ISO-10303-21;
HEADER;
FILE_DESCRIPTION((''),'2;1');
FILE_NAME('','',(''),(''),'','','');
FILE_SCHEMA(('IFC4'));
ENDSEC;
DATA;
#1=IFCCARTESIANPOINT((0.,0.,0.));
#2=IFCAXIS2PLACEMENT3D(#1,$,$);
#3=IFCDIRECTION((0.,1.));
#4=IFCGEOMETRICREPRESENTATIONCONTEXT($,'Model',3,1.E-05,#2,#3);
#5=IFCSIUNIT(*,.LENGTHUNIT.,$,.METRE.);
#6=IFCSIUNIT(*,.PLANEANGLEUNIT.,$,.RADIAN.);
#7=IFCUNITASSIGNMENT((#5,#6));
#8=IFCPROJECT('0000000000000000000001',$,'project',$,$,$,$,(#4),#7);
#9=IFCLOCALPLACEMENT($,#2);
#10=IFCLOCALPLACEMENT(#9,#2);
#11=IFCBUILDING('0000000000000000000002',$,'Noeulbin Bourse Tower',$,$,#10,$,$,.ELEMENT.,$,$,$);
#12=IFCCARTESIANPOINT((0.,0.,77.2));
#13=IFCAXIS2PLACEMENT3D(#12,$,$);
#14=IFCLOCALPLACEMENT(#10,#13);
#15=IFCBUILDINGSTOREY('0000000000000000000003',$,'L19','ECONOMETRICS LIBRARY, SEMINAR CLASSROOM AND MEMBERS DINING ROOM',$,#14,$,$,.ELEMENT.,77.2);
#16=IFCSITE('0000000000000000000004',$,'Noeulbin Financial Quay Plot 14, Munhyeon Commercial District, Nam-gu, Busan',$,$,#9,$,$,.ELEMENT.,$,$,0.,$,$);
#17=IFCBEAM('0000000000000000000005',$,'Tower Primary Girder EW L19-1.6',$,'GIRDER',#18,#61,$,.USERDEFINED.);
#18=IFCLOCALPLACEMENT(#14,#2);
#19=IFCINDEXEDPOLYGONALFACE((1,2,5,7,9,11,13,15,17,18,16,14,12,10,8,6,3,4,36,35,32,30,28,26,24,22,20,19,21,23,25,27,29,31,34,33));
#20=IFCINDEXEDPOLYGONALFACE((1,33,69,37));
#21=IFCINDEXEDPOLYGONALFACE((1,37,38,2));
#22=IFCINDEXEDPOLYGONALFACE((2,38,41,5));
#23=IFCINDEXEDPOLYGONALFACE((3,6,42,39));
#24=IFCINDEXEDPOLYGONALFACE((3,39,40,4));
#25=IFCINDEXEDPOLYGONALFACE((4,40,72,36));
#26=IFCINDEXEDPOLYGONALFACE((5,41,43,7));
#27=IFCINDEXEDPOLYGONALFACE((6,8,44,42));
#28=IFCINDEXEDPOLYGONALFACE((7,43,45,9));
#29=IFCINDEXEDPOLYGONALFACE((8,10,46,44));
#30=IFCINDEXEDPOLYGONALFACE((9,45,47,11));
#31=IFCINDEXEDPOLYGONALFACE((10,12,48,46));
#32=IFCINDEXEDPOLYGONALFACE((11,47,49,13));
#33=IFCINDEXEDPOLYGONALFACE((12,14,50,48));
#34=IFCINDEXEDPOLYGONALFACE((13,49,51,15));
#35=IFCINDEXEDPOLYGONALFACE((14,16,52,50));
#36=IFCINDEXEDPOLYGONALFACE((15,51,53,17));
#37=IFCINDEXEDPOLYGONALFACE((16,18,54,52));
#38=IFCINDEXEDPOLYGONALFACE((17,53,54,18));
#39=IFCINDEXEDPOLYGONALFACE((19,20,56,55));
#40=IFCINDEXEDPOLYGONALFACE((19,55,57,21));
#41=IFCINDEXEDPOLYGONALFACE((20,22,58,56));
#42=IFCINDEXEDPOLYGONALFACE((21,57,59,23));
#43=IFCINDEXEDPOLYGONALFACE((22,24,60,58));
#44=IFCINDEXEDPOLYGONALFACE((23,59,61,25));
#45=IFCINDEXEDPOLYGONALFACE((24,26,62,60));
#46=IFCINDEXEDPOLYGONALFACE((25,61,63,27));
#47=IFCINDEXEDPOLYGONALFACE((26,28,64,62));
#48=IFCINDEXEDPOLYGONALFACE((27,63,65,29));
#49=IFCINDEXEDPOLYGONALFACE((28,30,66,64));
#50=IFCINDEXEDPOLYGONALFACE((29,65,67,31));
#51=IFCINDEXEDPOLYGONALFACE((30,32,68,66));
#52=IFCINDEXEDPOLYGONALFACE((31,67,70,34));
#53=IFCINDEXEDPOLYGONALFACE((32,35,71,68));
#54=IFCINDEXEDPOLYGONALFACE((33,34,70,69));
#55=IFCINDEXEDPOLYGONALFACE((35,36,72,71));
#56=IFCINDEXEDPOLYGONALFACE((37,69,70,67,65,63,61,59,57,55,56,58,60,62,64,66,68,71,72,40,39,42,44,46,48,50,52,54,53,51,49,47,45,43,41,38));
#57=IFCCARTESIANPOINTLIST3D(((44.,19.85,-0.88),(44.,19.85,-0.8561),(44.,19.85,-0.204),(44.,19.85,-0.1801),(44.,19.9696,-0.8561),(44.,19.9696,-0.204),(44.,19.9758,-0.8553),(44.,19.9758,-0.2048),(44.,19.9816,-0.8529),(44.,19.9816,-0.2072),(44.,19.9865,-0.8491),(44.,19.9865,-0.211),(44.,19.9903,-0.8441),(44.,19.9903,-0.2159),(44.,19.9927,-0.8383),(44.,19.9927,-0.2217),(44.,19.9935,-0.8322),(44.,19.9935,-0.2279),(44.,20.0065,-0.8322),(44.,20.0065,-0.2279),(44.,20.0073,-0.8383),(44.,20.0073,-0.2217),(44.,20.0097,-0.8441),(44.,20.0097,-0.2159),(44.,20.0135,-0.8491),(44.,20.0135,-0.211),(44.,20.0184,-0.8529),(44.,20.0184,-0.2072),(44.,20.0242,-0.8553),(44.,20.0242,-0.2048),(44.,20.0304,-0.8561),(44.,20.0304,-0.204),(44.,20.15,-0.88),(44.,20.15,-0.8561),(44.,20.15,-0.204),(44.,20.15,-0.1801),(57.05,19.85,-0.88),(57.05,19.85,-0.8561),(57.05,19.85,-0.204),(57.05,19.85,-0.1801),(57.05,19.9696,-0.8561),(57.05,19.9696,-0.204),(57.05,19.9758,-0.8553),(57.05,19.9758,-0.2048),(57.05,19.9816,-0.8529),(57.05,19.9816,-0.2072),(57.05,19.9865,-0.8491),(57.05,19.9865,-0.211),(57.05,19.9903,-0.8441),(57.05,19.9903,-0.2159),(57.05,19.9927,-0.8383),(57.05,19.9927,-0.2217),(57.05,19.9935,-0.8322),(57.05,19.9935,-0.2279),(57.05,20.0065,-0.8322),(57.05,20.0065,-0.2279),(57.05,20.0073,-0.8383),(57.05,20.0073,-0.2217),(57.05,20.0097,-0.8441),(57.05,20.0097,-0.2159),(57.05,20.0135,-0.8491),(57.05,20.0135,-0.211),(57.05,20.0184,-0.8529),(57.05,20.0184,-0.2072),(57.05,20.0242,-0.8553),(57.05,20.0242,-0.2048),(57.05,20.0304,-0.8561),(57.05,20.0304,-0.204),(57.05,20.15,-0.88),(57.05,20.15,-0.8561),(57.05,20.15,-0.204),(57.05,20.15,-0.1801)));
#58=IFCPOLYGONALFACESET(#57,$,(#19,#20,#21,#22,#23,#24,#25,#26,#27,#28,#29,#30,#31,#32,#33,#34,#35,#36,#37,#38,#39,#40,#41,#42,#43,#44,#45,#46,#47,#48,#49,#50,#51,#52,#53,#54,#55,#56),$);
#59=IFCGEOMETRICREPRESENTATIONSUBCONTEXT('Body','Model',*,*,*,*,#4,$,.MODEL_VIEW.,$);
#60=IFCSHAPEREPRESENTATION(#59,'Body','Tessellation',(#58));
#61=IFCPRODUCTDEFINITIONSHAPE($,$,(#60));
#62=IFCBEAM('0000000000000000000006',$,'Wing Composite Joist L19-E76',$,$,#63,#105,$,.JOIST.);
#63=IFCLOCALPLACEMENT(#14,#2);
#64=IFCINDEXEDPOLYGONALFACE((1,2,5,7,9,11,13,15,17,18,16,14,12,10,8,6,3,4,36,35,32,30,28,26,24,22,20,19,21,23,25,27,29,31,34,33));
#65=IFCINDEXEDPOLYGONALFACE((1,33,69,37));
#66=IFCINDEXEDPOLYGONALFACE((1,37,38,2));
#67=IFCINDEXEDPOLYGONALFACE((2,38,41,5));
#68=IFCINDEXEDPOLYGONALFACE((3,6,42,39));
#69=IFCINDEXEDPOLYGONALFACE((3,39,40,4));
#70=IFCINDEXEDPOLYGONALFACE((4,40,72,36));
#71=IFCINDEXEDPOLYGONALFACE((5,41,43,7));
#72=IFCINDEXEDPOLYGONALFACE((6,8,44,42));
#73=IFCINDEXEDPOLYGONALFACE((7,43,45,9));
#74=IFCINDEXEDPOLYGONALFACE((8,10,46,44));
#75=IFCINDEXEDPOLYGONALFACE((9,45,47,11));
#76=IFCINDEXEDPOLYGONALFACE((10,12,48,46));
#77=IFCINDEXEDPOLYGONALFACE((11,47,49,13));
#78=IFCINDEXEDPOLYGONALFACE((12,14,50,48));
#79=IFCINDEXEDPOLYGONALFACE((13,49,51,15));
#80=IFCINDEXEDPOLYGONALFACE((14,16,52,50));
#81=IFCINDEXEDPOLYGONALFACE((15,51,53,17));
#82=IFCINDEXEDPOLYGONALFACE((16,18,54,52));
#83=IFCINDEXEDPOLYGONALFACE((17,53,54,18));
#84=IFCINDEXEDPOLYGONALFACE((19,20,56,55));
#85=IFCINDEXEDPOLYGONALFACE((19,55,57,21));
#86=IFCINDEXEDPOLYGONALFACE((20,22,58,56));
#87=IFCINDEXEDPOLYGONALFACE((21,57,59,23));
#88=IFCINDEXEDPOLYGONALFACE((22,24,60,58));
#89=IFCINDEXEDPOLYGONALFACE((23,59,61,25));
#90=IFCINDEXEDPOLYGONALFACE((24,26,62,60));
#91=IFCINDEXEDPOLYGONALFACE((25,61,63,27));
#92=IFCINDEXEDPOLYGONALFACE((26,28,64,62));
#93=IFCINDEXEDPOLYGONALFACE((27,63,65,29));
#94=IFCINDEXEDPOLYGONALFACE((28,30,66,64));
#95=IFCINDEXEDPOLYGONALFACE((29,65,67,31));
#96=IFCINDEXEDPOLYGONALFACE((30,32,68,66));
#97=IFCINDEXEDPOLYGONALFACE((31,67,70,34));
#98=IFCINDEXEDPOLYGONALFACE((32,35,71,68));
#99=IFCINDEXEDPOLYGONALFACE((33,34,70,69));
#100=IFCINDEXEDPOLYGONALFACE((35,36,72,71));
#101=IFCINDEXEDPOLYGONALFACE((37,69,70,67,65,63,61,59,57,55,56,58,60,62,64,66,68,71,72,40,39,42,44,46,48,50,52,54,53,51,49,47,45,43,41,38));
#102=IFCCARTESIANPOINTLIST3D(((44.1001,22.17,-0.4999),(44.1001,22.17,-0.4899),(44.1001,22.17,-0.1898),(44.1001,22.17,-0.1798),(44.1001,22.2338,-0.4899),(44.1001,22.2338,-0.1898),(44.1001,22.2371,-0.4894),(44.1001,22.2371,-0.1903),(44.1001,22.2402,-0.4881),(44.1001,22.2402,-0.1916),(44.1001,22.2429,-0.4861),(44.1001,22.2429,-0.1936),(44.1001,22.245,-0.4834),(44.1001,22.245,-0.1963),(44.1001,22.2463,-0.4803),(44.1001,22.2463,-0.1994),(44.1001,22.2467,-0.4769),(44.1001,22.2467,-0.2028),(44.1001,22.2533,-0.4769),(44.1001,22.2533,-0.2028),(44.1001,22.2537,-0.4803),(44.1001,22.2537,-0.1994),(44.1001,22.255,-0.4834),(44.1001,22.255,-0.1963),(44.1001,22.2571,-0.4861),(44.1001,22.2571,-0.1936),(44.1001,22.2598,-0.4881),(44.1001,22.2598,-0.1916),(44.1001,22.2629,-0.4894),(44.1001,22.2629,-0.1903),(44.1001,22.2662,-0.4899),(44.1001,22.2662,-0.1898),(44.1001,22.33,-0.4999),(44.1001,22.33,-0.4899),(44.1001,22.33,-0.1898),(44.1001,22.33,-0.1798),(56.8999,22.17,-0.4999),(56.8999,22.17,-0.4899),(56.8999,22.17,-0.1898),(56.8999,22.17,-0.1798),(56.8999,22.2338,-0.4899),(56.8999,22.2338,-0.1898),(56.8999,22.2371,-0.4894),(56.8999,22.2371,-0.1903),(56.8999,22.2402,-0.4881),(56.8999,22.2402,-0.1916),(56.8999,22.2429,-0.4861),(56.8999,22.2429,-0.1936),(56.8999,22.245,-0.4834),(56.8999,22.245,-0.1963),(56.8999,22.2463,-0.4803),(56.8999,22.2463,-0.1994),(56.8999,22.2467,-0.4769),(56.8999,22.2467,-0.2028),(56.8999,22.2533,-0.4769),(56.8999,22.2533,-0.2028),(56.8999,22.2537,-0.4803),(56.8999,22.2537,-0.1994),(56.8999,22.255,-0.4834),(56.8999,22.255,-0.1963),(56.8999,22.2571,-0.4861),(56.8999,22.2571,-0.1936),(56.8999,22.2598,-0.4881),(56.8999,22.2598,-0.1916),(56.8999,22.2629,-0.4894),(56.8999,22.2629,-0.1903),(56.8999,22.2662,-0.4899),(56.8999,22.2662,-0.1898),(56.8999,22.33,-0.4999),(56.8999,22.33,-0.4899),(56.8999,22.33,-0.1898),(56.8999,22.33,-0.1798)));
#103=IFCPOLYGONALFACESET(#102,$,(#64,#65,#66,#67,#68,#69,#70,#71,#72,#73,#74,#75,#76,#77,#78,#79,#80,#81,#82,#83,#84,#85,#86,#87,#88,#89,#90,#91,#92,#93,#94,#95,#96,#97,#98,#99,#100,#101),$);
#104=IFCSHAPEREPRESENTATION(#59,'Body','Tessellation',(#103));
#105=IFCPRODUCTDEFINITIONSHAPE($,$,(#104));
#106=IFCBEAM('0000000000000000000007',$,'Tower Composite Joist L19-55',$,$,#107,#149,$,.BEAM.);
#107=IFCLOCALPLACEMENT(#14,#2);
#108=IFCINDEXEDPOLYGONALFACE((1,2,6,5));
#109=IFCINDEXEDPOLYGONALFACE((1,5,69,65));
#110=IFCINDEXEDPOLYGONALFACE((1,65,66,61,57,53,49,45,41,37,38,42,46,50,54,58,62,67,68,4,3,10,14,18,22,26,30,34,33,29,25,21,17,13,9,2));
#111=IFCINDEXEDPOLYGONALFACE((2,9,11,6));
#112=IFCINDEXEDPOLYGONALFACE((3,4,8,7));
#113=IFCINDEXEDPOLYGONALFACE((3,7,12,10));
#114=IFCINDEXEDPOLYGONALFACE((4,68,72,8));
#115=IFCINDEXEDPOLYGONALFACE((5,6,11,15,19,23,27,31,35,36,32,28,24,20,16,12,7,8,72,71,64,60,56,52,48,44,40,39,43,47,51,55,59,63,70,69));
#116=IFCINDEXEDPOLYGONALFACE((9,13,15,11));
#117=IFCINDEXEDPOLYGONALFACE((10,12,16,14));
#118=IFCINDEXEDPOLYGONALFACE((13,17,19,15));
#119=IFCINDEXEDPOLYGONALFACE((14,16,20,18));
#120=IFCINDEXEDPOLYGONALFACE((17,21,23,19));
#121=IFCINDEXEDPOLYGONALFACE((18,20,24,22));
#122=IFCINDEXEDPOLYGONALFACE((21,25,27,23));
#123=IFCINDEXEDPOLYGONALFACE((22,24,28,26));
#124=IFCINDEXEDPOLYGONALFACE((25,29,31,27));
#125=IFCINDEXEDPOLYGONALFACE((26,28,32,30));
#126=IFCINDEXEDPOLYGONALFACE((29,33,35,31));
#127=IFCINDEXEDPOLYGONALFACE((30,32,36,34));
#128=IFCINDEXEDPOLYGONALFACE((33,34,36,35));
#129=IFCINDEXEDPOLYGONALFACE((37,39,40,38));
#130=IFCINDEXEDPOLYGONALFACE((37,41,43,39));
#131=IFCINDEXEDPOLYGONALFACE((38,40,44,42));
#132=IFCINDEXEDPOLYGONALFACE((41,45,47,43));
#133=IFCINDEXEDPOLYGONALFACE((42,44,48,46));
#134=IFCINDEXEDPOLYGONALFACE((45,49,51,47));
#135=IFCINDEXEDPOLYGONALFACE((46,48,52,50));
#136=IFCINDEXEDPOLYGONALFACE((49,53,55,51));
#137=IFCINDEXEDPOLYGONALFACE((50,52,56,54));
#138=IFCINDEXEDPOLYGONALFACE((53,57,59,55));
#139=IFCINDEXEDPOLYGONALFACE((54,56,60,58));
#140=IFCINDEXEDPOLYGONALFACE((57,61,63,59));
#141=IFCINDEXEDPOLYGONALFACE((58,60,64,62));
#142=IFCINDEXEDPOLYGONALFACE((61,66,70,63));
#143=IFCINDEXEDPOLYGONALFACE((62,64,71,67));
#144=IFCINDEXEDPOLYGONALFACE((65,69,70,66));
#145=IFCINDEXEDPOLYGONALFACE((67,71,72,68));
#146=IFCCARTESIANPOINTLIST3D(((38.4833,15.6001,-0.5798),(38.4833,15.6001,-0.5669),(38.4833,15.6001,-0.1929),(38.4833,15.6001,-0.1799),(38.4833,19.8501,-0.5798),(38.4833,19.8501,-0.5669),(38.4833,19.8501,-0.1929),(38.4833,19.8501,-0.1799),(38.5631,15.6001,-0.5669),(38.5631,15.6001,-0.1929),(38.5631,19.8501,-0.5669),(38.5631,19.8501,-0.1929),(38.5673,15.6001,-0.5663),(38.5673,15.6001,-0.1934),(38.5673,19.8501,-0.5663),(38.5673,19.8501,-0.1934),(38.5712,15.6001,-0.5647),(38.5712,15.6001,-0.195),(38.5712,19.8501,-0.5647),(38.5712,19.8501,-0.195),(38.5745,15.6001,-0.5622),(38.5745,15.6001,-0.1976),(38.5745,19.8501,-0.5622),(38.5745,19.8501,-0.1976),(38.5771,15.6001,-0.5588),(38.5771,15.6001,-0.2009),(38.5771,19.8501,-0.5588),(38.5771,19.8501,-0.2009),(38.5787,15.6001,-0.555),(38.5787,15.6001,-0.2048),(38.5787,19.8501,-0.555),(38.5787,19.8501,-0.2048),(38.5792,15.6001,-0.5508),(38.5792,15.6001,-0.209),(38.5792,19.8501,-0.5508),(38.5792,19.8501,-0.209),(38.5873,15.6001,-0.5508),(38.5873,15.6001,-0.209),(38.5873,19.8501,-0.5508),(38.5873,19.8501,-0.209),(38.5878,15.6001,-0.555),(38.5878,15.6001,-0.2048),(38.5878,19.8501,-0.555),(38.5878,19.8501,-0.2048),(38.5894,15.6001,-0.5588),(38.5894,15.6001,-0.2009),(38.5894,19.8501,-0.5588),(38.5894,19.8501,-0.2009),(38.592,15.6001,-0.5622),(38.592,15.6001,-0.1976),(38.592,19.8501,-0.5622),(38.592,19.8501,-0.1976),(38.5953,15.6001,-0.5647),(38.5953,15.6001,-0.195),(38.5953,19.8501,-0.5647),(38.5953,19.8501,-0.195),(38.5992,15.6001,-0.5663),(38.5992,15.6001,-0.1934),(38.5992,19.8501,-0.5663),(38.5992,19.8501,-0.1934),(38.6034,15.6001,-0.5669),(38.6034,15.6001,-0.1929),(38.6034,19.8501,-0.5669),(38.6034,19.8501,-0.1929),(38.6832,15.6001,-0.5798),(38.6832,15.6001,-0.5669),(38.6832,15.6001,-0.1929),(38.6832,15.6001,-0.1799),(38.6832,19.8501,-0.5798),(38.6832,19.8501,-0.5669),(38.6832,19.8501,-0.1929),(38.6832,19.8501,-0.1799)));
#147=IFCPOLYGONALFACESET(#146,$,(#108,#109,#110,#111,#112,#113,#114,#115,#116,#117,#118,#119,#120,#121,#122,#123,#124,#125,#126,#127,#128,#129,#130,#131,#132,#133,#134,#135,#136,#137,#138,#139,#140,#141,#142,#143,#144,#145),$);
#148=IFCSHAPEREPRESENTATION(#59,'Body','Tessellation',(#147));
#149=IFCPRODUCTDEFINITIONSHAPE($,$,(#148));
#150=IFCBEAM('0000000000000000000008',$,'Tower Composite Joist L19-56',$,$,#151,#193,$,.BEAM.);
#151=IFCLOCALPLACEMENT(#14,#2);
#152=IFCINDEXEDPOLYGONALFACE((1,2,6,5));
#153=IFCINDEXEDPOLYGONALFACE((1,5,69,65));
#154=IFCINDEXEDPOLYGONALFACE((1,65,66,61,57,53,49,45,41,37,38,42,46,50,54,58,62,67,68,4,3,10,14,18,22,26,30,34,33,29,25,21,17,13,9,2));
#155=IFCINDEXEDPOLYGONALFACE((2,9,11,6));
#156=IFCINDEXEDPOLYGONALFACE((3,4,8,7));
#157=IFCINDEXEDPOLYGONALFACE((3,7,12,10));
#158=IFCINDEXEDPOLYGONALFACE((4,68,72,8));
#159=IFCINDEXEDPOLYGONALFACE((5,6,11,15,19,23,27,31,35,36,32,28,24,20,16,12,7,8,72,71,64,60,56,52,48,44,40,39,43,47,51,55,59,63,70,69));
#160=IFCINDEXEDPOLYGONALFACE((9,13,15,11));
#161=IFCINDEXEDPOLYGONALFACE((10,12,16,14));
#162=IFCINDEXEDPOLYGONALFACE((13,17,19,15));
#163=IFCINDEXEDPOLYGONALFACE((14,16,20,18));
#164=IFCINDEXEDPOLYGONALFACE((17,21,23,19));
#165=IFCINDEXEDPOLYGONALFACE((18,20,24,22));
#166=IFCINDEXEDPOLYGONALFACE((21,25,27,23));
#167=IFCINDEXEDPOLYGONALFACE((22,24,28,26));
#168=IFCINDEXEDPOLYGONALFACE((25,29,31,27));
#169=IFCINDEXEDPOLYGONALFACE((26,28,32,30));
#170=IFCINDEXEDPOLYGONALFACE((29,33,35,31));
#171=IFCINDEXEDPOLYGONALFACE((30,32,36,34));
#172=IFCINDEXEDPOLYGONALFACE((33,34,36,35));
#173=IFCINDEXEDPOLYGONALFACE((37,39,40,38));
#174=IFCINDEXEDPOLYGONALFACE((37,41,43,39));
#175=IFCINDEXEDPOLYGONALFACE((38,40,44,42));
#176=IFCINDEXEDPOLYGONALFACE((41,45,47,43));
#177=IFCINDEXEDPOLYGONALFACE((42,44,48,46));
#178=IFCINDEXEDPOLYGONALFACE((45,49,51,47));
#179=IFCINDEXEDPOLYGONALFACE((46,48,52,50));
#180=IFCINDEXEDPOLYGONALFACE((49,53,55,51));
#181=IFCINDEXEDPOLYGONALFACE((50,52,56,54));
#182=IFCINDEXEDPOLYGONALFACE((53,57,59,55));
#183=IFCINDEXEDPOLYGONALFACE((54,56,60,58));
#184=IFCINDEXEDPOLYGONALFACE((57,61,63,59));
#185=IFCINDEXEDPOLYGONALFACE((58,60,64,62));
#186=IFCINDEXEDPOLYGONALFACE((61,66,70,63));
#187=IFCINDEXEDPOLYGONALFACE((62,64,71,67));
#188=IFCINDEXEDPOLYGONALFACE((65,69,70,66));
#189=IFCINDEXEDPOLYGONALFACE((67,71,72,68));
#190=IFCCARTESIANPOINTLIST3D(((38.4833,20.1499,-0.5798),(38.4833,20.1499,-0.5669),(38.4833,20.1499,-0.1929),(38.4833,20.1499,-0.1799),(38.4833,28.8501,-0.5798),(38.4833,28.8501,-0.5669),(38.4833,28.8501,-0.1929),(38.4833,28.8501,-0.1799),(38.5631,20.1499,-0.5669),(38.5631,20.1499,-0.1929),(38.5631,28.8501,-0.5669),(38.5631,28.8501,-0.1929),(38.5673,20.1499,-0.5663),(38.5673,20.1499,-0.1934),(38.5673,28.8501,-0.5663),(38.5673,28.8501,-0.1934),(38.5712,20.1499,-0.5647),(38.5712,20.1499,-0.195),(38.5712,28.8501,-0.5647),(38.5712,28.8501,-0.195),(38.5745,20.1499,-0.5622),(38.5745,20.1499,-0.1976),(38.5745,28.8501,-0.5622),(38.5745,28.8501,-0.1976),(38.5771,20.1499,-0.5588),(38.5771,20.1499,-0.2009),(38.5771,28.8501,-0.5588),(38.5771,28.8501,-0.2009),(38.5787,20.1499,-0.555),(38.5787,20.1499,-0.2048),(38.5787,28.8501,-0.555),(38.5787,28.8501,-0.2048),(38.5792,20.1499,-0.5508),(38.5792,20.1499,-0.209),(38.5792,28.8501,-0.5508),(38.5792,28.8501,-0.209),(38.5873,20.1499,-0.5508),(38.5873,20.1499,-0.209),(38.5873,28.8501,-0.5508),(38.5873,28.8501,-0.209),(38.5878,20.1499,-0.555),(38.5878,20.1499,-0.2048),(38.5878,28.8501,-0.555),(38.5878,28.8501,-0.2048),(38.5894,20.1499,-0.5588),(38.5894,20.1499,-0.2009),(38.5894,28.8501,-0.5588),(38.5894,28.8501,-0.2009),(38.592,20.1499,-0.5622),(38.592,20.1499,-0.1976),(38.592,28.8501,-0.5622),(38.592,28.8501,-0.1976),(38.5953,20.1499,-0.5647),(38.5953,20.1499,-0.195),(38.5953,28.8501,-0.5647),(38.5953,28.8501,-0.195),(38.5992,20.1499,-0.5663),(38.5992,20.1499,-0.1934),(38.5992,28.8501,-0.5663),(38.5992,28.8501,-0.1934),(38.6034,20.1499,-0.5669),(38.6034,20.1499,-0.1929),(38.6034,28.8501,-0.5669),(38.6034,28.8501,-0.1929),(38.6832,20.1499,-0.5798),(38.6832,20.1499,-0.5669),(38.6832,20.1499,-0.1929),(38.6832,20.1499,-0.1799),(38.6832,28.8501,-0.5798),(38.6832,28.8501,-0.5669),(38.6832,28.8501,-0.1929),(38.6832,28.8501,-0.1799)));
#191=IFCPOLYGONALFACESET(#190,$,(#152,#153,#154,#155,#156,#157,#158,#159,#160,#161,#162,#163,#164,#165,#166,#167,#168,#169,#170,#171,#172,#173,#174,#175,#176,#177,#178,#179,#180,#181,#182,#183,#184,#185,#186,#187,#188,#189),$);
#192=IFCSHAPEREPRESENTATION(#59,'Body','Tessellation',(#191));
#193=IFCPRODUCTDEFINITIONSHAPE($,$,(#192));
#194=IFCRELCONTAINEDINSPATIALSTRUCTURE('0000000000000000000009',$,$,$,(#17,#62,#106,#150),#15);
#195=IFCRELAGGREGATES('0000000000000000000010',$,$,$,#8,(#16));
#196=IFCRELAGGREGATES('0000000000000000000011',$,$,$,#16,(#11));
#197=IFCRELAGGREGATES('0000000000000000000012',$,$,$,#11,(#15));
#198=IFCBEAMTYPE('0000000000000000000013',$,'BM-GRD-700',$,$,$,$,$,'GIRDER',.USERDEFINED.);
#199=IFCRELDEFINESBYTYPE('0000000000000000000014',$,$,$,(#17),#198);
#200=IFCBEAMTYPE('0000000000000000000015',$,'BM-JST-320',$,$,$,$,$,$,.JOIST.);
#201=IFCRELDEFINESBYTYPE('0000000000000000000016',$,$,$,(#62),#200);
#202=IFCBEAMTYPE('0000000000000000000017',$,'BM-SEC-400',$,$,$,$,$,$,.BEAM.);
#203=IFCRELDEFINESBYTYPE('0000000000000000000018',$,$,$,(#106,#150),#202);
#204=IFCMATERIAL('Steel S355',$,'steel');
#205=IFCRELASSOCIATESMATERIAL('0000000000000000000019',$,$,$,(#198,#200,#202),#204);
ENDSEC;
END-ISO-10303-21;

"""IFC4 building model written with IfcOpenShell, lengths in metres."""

from ifc_helpers import new_model, si_unit, direction, frame, origin, origin_2d, place, context, subcontext, project, spatial, i_section, extrude, material, material_profile, profile_set, type_object, element, save


model = new_model("IFC4")

# Units and contexts
model_context = context("Model", 3, precision=1e-05, world=origin(), true_north=direction((0.0, 1.0)))
body_context = subcontext(model_context, "Body", "Model", "MODEL_VIEW")
ifc_project = project(units=[si_unit("LENGTHUNIT", "METRE"), si_unit("PLANEANGLEUNIT", "RADIAN")], contexts=[model_context])

# Site, building, storey
site_placement = place(None, origin())
site = spatial("IfcSite", under=ifc_project, at=site_placement, Name="Noeulbin Financial Quay Plot 14, Munhyeon Commercial District, Nam-gu, Busan", CompositionType="ELEMENT", RefElevation=0.0)
building_placement = place(site_placement, origin())
building = spatial("IfcBuilding", under=site, at=building_placement, Name="Noeulbin Bourse Tower", CompositionType="ELEMENT")
storey_placement = place(building_placement, frame((0.0, 0.0, 77.2)))
storey = spatial("IfcBuildingStorey", under=building, at=storey_placement, Name="L19", Description="ECONOMETRICS LIBRARY, SEMINAR CLASSROOM AND MEMBERS DINING ROOM", CompositionType="ELEMENT", Elevation=77.2)

# Shared definitions
ifc_material_1 = material(Name="Steel S355", Category="steel")

# Beams
ifc_material_profile_1 = material_profile(ifc_material_1, i_section(OverallWidth=0.3, OverallDepth=0.7, WebThickness=0.0129, FlangeThickness=0.0239, FilletRadius=0.0239, at=origin_2d()), Name="H-700x300x13x24", Category="LoadBearing")
ifc_profile_set_1 = profile_set([ifc_material_profile_1], Name="Steel S355")
beam_type_1 = type_object("IfcBeamType", Name="BM-GRD-700", ElementType="GIRDER", PredefinedType="USERDEFINED", material=ifc_profile_set_1)
beam_1_placement = place(storey_placement, frame((44.0, 20.0, -0.53), z_axis=(1.0, 0.0, 0.0), x_axis=(0.0, 1.0, 0.0)))
element("IfcBeam", 1, at=beam_1_placement, inside=storey, type_object=beam_type_1, Name="Tower Primary Girder EW L19-1.6", ObjectType="GIRDER", PredefinedType="USERDEFINED", context=body_context, shape_type="SweptSolid", body=[
    extrude(i_section(OverallWidth=0.3, OverallDepth=0.7, WebThickness=0.0129, FlangeThickness=0.0239, FilletRadius=0.0239, at=origin_2d()), origin(), (0.0, 0.0, 1.0), 13.05),
])
ifc_material_profile_2 = material_profile(ifc_material_1, i_section(OverallWidth=0.1599, OverallDepth=0.3201, WebThickness=0.0066, FlangeThickness=0.01, FilletRadius=0.0129, at=origin_2d()), Name="H-320x160x6.5x10", Category="LoadBearing")
ifc_profile_set_2 = profile_set([ifc_material_profile_2], Name="Steel S355")
beam_type_2 = type_object("IfcBeamType", Name="BM-JST-320", PredefinedType="JOIST", material=ifc_profile_set_2)
beam_2_placement = place(storey_placement, frame((44.1001, 22.25, -0.3398), z_axis=(1.0, 0.0, 0.0), x_axis=(0.0, 1.0, 0.0)))
element("IfcBeam", 2, at=beam_2_placement, inside=storey, type_object=beam_type_2, Name="Wing Composite Joist L19-E76", PredefinedType="JOIST", context=body_context, shape_type="SweptSolid", body=[
    extrude(i_section(OverallWidth=0.1599, OverallDepth=0.3201, WebThickness=0.0066, FlangeThickness=0.01, FilletRadius=0.0129, at=origin_2d()), origin(), (0.0, 0.0, 1.0), 12.7998),
])
ifc_material_profile_3 = material_profile(ifc_material_1, i_section(OverallWidth=0.2, OverallDepth=0.3999, WebThickness=0.0081, FlangeThickness=0.0129, FilletRadius=0.0161, at=origin_2d()), Name="H-400x200x8x13", Category="LoadBearing")
ifc_profile_set_3 = profile_set([ifc_material_profile_3], Name="Steel S355")
beam_type_3 = type_object("IfcBeamType", Name="BM-SEC-400", PredefinedType="BEAM", material=ifc_profile_set_3)
beam_3_placement = place(storey_placement, frame((38.5833, 15.6001, -0.3799), z_axis=(0.0, 1.0, 0.0), x_axis=(-1.0, 0.0, 0.0)))
element("IfcBeam", 3, at=beam_3_placement, inside=storey, type_object=beam_type_3, Name="Tower Composite Joist L19-55", PredefinedType="BEAM", context=body_context, shape_type="SweptSolid", body=[
    extrude(i_section(OverallWidth=0.2, OverallDepth=0.3999, WebThickness=0.0081, FlangeThickness=0.0129, FilletRadius=0.0161, at=origin_2d()), origin(), (0.0, 0.0, 1.0), 4.25),
])
beam_4_placement = place(storey_placement, frame((38.5833, 20.1499, -0.3799), z_axis=(0.0, 1.0, 0.0), x_axis=(-1.0, 0.0, 0.0)))
element("IfcBeam", 4, at=beam_4_placement, inside=storey, type_object=beam_type_3, Name="Tower Composite Joist L19-56", PredefinedType="BEAM", context=body_context, shape_type="SweptSolid", body=[
    extrude(i_section(OverallWidth=0.2, OverallDepth=0.3999, WebThickness=0.0081, FlangeThickness=0.0129, FilletRadius=0.0161, at=origin_2d()), origin(), (0.0, 0.0, 1.0), 8.7002),
])

save(model, "model.ifc")
